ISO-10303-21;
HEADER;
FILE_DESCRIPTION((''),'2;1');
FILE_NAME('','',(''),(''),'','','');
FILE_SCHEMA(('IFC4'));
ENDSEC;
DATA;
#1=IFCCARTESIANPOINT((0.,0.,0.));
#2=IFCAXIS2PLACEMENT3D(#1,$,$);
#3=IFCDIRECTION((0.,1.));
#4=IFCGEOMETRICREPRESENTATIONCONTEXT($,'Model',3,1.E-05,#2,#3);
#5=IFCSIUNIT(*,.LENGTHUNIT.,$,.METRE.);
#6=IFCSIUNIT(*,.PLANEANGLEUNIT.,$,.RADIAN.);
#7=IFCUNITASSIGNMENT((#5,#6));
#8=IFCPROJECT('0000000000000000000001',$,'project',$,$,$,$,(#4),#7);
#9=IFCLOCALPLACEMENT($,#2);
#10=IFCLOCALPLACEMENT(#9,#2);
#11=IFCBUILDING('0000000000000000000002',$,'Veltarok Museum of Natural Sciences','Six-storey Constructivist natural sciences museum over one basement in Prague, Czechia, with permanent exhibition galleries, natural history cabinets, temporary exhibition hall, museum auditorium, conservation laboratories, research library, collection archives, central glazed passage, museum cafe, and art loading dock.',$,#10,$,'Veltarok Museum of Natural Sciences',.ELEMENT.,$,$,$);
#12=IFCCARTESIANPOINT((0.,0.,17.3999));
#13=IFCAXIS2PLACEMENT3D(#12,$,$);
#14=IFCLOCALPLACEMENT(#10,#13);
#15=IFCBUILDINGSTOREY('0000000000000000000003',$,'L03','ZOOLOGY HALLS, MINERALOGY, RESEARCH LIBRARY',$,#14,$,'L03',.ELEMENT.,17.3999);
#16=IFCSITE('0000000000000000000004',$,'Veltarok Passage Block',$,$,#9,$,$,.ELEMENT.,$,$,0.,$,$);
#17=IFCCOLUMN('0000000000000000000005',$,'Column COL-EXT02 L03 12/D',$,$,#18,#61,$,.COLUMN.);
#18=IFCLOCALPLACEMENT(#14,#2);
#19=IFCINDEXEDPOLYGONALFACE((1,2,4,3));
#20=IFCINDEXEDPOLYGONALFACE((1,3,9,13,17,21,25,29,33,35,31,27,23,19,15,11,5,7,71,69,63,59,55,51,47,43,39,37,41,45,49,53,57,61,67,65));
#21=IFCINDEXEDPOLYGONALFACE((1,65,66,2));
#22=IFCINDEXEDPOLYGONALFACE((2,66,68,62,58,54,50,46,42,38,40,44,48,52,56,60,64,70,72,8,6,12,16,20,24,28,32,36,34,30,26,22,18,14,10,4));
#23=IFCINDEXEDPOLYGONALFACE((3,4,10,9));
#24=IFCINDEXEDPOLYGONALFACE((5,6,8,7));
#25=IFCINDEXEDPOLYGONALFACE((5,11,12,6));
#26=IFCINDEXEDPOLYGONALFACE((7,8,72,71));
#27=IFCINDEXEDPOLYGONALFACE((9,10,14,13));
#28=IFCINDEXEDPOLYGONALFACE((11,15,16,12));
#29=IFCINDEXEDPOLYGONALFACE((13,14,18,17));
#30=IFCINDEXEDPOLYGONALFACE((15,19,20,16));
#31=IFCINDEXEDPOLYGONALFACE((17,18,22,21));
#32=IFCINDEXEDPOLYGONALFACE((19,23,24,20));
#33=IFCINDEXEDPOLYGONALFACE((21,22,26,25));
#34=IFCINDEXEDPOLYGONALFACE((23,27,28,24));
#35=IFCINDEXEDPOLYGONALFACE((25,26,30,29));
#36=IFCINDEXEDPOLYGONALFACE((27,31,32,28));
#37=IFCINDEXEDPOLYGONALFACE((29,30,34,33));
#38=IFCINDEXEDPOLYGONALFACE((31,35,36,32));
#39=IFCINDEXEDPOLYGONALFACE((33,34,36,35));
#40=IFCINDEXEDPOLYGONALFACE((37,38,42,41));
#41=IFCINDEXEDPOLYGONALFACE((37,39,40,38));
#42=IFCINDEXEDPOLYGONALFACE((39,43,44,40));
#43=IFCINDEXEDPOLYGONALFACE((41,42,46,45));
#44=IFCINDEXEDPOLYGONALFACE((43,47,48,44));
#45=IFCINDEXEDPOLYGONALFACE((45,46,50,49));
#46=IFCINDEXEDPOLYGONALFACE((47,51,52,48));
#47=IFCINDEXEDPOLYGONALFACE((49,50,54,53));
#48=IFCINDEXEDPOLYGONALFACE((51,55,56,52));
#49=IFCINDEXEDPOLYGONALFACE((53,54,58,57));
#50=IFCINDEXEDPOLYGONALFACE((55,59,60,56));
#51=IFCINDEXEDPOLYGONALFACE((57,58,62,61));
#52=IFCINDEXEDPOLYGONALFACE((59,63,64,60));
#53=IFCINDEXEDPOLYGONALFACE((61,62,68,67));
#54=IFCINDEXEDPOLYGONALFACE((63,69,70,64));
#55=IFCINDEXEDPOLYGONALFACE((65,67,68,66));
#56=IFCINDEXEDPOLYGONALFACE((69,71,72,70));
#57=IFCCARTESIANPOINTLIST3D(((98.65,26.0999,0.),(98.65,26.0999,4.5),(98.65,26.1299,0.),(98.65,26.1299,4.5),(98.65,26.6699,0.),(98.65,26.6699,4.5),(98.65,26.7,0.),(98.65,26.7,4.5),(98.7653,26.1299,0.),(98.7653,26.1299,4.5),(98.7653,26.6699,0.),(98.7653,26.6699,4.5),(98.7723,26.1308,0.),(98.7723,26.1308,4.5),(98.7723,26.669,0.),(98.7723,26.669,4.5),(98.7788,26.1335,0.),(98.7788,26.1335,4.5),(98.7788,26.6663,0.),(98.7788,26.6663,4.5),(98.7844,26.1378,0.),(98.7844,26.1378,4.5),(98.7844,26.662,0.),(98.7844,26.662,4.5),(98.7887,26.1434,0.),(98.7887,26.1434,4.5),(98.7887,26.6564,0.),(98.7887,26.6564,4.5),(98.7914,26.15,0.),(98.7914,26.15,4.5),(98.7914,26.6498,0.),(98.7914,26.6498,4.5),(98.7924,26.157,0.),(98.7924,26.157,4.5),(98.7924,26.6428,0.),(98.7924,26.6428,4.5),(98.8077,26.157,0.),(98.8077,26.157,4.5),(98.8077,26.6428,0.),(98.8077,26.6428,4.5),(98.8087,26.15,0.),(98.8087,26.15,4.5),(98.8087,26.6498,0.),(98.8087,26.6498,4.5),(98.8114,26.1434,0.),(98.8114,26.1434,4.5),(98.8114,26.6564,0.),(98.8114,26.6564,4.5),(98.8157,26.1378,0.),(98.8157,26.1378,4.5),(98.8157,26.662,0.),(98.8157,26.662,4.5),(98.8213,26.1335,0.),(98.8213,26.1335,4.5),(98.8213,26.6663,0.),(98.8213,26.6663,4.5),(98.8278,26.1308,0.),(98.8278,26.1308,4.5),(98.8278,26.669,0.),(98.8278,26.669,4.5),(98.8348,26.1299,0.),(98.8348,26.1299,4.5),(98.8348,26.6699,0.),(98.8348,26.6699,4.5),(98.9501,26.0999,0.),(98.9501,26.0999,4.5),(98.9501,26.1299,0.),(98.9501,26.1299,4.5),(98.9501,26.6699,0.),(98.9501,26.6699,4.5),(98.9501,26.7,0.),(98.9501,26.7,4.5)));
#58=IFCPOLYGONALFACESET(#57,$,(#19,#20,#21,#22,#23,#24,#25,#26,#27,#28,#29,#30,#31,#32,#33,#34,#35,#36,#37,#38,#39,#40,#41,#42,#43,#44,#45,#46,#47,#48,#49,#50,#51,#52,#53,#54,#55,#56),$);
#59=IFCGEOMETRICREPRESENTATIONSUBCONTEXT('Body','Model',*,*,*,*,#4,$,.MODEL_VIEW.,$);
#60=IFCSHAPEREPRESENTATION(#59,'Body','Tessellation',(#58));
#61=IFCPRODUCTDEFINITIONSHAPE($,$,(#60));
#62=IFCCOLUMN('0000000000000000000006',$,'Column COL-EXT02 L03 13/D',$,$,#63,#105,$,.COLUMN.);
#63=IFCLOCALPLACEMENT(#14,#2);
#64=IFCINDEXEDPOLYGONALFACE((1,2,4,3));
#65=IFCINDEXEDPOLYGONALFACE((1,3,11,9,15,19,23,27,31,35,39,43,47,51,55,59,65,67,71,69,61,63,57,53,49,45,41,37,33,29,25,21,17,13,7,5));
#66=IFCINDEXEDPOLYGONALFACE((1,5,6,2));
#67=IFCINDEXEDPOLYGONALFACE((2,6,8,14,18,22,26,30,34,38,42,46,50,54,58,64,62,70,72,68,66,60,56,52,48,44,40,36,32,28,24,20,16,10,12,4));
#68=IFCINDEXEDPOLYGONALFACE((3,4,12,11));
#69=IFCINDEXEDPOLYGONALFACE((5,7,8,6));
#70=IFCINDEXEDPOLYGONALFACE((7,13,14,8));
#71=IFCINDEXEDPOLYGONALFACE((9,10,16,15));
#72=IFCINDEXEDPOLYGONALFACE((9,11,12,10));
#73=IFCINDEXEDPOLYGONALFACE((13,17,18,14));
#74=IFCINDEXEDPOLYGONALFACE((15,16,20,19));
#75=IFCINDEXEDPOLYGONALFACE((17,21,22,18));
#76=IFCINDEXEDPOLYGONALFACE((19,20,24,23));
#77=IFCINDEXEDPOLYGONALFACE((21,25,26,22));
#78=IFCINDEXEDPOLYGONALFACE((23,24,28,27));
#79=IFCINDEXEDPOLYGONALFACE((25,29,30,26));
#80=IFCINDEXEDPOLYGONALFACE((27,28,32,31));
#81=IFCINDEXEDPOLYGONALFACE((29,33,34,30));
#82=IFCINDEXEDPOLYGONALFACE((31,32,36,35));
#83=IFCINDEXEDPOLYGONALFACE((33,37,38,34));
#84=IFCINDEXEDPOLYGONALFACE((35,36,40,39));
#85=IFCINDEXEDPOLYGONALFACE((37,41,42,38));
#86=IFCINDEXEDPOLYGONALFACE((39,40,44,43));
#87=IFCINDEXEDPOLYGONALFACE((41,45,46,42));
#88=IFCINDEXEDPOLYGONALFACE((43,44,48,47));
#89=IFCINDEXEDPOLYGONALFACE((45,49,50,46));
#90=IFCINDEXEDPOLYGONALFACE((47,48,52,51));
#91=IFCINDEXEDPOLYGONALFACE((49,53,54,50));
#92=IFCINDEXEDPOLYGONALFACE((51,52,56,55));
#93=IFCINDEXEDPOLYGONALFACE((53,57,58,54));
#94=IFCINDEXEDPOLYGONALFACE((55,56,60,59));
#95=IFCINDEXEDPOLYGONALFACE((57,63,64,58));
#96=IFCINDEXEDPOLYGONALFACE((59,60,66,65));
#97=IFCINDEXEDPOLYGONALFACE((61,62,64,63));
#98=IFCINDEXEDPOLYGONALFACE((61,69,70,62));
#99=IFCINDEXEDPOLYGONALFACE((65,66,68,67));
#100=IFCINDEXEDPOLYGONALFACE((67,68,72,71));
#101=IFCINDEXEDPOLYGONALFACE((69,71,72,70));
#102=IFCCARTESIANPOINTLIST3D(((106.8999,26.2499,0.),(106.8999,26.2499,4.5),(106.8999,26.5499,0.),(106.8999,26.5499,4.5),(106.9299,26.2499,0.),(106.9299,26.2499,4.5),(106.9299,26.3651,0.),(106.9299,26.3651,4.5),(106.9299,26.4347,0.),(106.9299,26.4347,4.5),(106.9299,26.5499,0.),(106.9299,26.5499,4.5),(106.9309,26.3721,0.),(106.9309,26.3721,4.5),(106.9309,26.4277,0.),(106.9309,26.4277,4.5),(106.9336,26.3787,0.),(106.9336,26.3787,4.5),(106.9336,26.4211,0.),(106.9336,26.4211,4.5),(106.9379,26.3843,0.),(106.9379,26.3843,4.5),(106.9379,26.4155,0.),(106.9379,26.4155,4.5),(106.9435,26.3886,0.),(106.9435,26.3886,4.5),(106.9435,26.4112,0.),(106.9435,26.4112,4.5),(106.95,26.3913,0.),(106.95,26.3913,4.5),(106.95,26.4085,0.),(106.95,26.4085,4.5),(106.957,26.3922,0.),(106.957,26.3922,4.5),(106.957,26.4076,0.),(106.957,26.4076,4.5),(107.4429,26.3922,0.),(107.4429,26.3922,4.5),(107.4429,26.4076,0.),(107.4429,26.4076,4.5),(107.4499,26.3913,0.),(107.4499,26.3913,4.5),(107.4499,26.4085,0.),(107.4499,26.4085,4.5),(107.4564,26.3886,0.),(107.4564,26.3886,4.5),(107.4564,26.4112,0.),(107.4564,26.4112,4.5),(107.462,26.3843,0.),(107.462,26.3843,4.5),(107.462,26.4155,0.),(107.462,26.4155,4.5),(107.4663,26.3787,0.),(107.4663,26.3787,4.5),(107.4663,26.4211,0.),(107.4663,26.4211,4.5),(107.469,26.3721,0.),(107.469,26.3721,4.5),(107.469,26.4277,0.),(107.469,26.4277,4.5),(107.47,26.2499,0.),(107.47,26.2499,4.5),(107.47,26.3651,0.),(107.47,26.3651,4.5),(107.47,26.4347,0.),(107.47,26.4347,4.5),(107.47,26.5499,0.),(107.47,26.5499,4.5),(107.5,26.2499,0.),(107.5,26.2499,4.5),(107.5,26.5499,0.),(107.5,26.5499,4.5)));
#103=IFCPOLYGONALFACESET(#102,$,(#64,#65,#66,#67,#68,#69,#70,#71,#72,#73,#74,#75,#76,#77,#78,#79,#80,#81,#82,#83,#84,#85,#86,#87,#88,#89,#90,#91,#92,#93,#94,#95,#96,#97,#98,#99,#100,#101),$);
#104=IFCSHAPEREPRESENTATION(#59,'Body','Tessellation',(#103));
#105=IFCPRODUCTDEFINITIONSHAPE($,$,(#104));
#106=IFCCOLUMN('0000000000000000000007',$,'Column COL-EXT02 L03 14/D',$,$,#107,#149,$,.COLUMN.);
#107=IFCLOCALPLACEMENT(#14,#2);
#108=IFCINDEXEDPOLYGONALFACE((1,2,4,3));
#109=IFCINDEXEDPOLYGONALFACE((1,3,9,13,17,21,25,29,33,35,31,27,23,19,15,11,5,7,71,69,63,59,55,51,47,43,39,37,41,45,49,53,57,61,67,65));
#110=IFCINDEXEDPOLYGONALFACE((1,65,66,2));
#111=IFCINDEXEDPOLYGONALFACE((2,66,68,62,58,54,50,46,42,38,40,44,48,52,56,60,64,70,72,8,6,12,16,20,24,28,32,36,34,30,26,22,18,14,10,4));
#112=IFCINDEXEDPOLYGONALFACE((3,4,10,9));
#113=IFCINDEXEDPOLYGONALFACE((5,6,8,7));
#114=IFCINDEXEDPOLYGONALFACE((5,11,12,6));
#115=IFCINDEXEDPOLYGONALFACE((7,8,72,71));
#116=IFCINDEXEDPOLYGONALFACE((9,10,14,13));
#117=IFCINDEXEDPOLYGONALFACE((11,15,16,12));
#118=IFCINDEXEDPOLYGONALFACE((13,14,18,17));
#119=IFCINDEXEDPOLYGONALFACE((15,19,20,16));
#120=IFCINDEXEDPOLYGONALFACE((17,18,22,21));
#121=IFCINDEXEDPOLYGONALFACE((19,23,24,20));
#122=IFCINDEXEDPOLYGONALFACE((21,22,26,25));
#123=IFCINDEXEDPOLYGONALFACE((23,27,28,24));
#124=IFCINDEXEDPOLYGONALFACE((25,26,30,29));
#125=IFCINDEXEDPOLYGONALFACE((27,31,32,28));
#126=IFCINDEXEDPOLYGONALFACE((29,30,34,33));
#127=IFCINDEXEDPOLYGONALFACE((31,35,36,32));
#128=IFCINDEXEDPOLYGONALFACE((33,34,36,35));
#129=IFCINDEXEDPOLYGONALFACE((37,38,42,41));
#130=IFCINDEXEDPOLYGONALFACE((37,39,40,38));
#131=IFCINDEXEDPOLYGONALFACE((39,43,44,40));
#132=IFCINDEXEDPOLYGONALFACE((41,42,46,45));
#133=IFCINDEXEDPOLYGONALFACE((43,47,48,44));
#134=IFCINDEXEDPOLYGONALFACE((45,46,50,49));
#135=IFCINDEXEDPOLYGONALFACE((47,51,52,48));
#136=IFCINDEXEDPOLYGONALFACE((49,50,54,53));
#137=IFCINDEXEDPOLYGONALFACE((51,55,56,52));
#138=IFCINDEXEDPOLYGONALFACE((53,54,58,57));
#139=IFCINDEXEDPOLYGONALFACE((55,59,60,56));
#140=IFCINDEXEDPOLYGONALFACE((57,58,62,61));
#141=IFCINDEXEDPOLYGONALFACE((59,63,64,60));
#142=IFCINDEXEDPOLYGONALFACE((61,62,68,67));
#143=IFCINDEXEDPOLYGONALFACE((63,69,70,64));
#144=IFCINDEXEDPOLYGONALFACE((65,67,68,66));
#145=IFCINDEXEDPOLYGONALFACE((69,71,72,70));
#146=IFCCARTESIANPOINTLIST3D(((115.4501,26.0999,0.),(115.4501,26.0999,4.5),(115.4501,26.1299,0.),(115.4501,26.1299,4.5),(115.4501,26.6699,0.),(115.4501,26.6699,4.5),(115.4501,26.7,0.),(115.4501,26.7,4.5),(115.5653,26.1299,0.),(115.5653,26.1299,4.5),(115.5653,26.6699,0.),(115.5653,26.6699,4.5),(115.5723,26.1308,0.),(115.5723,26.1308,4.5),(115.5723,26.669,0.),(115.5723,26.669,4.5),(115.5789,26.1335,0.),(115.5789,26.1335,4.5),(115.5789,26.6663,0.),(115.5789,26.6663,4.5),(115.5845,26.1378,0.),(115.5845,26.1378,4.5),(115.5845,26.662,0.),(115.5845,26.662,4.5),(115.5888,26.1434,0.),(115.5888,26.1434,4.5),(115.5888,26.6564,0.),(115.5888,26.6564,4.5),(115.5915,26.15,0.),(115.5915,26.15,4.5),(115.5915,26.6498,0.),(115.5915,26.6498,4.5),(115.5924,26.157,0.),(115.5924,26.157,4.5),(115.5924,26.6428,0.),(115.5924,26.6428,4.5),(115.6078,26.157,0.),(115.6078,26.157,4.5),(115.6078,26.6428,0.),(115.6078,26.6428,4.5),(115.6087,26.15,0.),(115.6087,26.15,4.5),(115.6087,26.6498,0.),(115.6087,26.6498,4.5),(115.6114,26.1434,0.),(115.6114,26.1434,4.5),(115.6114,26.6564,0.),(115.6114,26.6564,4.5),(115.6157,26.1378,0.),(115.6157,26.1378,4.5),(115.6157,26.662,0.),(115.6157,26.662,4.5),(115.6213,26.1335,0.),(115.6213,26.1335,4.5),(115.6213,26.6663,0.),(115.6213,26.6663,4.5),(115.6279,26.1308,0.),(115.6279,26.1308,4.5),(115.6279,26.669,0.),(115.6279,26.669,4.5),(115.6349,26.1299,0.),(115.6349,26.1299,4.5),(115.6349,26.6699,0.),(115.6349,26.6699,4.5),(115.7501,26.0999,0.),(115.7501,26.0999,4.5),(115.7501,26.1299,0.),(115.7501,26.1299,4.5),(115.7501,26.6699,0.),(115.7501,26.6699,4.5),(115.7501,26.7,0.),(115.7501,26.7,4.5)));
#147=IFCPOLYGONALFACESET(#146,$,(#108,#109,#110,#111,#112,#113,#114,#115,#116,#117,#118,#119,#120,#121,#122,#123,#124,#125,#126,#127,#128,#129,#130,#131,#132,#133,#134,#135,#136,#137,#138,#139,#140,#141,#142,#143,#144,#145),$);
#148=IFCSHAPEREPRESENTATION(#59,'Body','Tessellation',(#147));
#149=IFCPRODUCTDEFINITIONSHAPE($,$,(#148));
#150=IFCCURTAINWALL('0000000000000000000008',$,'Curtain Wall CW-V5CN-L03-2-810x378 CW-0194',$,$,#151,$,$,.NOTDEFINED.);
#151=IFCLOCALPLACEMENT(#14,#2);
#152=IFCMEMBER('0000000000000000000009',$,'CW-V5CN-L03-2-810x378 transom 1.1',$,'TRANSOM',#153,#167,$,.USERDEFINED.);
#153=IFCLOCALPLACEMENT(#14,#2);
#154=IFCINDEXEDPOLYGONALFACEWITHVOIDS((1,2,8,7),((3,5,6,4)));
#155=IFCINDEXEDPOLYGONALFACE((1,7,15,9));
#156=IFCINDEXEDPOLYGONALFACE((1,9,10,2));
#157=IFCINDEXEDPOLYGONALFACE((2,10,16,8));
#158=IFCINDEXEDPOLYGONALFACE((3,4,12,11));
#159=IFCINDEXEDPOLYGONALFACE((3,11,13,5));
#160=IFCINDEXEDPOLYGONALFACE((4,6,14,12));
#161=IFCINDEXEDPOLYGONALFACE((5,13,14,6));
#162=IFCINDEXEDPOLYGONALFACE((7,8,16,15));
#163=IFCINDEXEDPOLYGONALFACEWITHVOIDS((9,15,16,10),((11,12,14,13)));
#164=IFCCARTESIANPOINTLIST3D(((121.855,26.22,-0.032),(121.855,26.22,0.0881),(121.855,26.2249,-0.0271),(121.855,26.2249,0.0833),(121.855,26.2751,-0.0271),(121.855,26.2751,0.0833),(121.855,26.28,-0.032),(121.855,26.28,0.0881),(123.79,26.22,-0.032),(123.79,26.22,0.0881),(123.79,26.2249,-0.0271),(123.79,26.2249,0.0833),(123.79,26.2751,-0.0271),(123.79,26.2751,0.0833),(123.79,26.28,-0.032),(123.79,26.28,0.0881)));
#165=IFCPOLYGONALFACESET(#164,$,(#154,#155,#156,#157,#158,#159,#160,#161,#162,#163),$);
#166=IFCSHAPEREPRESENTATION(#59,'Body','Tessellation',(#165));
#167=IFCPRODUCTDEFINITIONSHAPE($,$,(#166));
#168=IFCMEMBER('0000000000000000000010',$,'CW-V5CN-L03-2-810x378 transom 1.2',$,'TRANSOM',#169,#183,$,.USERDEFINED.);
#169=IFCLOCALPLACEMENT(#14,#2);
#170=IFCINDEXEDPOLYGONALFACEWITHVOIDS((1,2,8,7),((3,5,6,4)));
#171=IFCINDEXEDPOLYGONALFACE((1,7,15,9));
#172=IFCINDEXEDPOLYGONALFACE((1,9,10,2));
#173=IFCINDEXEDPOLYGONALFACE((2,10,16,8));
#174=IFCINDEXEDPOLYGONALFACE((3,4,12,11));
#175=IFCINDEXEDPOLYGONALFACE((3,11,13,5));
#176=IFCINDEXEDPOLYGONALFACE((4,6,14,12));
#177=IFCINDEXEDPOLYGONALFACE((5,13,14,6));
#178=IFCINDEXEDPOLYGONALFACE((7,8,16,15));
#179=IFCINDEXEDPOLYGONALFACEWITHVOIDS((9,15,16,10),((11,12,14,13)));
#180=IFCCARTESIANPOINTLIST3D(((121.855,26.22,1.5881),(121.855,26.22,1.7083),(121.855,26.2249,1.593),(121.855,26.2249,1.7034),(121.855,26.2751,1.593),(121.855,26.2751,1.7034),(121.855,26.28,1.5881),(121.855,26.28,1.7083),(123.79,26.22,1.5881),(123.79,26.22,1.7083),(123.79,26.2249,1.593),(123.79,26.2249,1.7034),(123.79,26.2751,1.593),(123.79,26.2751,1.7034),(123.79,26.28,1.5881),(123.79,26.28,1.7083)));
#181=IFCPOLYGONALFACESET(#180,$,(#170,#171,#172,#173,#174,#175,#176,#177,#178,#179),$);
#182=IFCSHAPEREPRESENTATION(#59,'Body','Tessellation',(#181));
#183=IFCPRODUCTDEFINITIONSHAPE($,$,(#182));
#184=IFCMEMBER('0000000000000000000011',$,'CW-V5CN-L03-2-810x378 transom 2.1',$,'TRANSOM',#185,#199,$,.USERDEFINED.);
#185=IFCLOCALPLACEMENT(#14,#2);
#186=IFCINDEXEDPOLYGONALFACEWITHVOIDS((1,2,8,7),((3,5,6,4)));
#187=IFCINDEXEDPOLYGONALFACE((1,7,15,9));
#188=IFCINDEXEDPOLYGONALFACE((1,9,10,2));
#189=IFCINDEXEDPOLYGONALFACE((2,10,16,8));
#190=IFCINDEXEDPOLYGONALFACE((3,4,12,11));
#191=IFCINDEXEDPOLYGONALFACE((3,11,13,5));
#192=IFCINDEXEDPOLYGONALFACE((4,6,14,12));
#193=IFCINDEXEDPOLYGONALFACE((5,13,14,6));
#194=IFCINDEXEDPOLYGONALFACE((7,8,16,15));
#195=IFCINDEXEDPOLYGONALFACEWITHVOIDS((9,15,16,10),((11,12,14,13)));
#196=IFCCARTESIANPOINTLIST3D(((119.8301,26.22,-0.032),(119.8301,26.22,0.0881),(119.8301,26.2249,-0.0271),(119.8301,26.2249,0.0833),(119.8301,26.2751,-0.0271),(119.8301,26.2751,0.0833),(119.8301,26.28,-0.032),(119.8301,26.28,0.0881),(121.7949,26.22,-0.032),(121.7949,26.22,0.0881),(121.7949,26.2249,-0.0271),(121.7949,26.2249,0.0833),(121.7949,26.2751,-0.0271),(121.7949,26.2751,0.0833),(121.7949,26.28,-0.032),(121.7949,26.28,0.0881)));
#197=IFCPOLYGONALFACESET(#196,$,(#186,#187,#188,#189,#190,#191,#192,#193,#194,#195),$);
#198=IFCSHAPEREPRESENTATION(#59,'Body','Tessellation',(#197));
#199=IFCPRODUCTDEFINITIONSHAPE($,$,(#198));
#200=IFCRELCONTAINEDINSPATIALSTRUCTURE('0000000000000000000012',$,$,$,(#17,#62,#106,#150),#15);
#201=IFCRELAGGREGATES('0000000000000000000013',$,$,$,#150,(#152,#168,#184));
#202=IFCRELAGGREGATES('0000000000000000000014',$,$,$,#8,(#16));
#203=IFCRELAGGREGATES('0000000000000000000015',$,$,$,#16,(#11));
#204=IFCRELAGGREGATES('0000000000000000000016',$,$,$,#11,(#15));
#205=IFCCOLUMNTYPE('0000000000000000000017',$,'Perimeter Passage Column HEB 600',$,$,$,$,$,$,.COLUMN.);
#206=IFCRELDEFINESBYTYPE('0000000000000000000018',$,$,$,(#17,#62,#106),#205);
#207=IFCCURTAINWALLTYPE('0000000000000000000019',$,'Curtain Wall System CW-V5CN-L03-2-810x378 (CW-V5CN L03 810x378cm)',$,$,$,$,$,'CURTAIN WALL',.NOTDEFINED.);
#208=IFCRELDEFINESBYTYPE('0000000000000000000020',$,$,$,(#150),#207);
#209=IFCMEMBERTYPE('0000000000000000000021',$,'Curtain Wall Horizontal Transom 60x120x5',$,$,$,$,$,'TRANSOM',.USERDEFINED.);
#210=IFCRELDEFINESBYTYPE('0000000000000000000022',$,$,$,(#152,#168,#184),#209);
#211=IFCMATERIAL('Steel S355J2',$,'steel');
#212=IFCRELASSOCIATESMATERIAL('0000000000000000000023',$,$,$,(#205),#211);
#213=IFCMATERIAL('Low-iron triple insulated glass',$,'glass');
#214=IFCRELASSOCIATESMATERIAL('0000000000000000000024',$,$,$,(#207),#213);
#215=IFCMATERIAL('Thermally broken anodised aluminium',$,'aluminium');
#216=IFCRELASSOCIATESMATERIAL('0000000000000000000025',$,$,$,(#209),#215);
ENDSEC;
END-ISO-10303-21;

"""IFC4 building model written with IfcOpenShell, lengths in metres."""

from ifc_helpers import new_model, si_unit, direction, frame, origin, origin_2d, place, context, subcontext, project, spatial, hollow_rectangle, i_section, extrude, material, material_profile, profile_set, type_object, element, aggregate, save


model = new_model("IFC4")

# Units and contexts
model_context = context("Model", 3, precision=1e-05, world=origin(), true_north=direction((0.0, 1.0)))
body_context = subcontext(model_context, "Body", "Model", "MODEL_VIEW")
ifc_project = project(units=[si_unit("LENGTHUNIT", "METRE"), si_unit("PLANEANGLEUNIT", "RADIAN")], contexts=[model_context])

# Site, building, storey
site_placement = place(None, origin())
site = spatial("IfcSite", under=ifc_project, at=site_placement, Name="Veltarok Passage Block", CompositionType="ELEMENT", RefElevation=0.0)
building_placement = place(site_placement, origin())
building = spatial("IfcBuilding", under=site, at=building_placement, Name="Veltarok Museum of Natural Sciences", Description="Six-storey Constructivist natural sciences museum over one basement in Prague, Czechia, with permanent exhibition galleries, natural history cabinets, temporary exhibition hall, museum auditorium, conservation laboratories, research library, collection archives, central glazed passage, museum cafe, and art loading dock.", LongName="Veltarok Museum of Natural Sciences", CompositionType="ELEMENT")
storey_placement = place(building_placement, frame((0.0, 0.0, 17.3999)))
storey = spatial("IfcBuildingStorey", under=building, at=storey_placement, Name="L03", Description="ZOOLOGY HALLS, MINERALOGY, RESEARCH LIBRARY", LongName="L03", CompositionType="ELEMENT", Elevation=17.3999)

# Columns
ifc_material_1 = material(Name="Steel S355J2", Category="steel")
ifc_material_profile_1 = material_profile(ifc_material_1, i_section(OverallWidth=0.3, OverallDepth=0.6001, WebThickness=0.0154, FlangeThickness=0.03, FilletRadius=0.0271, at=origin_2d()), Name="HEB 600")
ifc_profile_set_1 = profile_set([ifc_material_profile_1], Name="Steel S355J2")
column_type = type_object("IfcColumnType", Name="Perimeter Passage Column HEB 600", PredefinedType="COLUMN", material=ifc_profile_set_1)
for number, where, z_axis, x_axis, name in (
    (1, (98.8, 26.3999, 0.0), (0.0, 0.0, 1.0), (1.0, 0.0, 0.0), "Column COL-EXT02 L03 12/D"),
    (2, (107.2, 26.3999, 0.0), (0.0, 0.0, 1.0), (0.0, 1.0, 0.0), "Column COL-EXT02 L03 13/D"),
    (3, (115.6001, 26.3999, 0.0), (0.0, 0.0, 1.0), (1.0, 0.0, 0.0), "Column COL-EXT02 L03 14/D"),
):
    element("IfcColumn", number, at=place(storey_placement, frame(where, z_axis=z_axis, x_axis=x_axis)), inside=storey, type_object=column_type, Name=name, PredefinedType="COLUMN", context=body_context, shape_type="SweptSolid", body=[
        extrude(i_section(OverallWidth=0.3, OverallDepth=0.6001, WebThickness=0.0154, FlangeThickness=0.03, FilletRadius=0.0271, at=origin_2d()), origin(), (0.0, 0.0, 1.0), 4.5),
    ])

# Curtain wall, members
ifc_material_2 = material(Name="Low-iron triple insulated glass", Category="glass")
curtain_wall_type_1 = type_object("IfcCurtainWallType", Name="Curtain Wall System CW-V5CN-L03-2-810x378 (CW-V5CN L03 810x378cm)", ElementType="CURTAIN WALL", PredefinedType="NOTDEFINED", material=ifc_material_2)
curtain_wall_1_placement = place(storey_placement, origin())
curtain_wall_1 = element("IfcCurtainWall", 4, at=curtain_wall_1_placement, inside=storey, type_object=curtain_wall_type_1, Name="Curtain Wall CW-V5CN-L03-2-810x378 CW-0194", PredefinedType="NOTDEFINED")
ifc_material_3 = material(Name="Thermally broken anodised aluminium", Category="aluminium")
ifc_material_profile_2 = material_profile(ifc_material_3, hollow_rectangle(XDim=0.0601, YDim=0.1201, WallThickness=0.0049, at=origin_2d()), Name="CW TRANSOM 60x120x5")
ifc_profile_set_2 = profile_set([ifc_material_profile_2], Name="Thermally broken anodised aluminium")
member_type_1 = type_object("IfcMemberType", Name="Curtain Wall Horizontal Transom 60x120x5", ElementType="TRANSOM", PredefinedType="USERDEFINED", material=ifc_profile_set_2)
member_1_placement = place(storey_placement, frame((123.79, 26.25, 0.0281), z_axis=(-1.0, 0.0, 0.0), x_axis=(0.0, -1.0, 0.0)))
member_1 = element("IfcMember", 5, at=member_1_placement, type_object=member_type_1, Name="CW-V5CN-L03-2-810x378 transom 1.1", ObjectType="TRANSOM", PredefinedType="USERDEFINED", context=body_context, shape_type="SweptSolid", body=[
    extrude(hollow_rectangle(XDim=0.0601, YDim=0.1201, WallThickness=0.0049, at=origin_2d()), origin(), (0.0, 0.0, 1.0), 1.9351),
])
member_2_placement = place(storey_placement, frame((123.79, 26.25, 1.6482), z_axis=(-1.0, 0.0, 0.0), x_axis=(0.0, -1.0, 0.0)))
member_2 = element("IfcMember", 6, at=member_2_placement, type_object=member_type_1, Name="CW-V5CN-L03-2-810x378 transom 1.2", ObjectType="TRANSOM", PredefinedType="USERDEFINED", context=body_context, shape_type="SweptSolid", body=[
    extrude(hollow_rectangle(XDim=0.0601, YDim=0.1201, WallThickness=0.0049, at=origin_2d()), origin(), (0.0, 0.0, 1.0), 1.9351),
])
member_3_placement = place(storey_placement, frame((121.7949, 26.25, 0.0281), z_axis=(-1.0, 0.0, 0.0), x_axis=(0.0, -1.0, 0.0)))
member_3 = element("IfcMember", 7, at=member_3_placement, type_object=member_type_1, Name="CW-V5CN-L03-2-810x378 transom 2.1", ObjectType="TRANSOM", PredefinedType="USERDEFINED", context=body_context, shape_type="SweptSolid", body=[
    extrude(hollow_rectangle(XDim=0.0601, YDim=0.1201, WallThickness=0.0049, at=origin_2d()), origin(), (0.0, 0.0, 1.0), 1.9648),
])

aggregate(curtain_wall_1, [member_1, member_2, member_3])

save(model, "model.ifc")
